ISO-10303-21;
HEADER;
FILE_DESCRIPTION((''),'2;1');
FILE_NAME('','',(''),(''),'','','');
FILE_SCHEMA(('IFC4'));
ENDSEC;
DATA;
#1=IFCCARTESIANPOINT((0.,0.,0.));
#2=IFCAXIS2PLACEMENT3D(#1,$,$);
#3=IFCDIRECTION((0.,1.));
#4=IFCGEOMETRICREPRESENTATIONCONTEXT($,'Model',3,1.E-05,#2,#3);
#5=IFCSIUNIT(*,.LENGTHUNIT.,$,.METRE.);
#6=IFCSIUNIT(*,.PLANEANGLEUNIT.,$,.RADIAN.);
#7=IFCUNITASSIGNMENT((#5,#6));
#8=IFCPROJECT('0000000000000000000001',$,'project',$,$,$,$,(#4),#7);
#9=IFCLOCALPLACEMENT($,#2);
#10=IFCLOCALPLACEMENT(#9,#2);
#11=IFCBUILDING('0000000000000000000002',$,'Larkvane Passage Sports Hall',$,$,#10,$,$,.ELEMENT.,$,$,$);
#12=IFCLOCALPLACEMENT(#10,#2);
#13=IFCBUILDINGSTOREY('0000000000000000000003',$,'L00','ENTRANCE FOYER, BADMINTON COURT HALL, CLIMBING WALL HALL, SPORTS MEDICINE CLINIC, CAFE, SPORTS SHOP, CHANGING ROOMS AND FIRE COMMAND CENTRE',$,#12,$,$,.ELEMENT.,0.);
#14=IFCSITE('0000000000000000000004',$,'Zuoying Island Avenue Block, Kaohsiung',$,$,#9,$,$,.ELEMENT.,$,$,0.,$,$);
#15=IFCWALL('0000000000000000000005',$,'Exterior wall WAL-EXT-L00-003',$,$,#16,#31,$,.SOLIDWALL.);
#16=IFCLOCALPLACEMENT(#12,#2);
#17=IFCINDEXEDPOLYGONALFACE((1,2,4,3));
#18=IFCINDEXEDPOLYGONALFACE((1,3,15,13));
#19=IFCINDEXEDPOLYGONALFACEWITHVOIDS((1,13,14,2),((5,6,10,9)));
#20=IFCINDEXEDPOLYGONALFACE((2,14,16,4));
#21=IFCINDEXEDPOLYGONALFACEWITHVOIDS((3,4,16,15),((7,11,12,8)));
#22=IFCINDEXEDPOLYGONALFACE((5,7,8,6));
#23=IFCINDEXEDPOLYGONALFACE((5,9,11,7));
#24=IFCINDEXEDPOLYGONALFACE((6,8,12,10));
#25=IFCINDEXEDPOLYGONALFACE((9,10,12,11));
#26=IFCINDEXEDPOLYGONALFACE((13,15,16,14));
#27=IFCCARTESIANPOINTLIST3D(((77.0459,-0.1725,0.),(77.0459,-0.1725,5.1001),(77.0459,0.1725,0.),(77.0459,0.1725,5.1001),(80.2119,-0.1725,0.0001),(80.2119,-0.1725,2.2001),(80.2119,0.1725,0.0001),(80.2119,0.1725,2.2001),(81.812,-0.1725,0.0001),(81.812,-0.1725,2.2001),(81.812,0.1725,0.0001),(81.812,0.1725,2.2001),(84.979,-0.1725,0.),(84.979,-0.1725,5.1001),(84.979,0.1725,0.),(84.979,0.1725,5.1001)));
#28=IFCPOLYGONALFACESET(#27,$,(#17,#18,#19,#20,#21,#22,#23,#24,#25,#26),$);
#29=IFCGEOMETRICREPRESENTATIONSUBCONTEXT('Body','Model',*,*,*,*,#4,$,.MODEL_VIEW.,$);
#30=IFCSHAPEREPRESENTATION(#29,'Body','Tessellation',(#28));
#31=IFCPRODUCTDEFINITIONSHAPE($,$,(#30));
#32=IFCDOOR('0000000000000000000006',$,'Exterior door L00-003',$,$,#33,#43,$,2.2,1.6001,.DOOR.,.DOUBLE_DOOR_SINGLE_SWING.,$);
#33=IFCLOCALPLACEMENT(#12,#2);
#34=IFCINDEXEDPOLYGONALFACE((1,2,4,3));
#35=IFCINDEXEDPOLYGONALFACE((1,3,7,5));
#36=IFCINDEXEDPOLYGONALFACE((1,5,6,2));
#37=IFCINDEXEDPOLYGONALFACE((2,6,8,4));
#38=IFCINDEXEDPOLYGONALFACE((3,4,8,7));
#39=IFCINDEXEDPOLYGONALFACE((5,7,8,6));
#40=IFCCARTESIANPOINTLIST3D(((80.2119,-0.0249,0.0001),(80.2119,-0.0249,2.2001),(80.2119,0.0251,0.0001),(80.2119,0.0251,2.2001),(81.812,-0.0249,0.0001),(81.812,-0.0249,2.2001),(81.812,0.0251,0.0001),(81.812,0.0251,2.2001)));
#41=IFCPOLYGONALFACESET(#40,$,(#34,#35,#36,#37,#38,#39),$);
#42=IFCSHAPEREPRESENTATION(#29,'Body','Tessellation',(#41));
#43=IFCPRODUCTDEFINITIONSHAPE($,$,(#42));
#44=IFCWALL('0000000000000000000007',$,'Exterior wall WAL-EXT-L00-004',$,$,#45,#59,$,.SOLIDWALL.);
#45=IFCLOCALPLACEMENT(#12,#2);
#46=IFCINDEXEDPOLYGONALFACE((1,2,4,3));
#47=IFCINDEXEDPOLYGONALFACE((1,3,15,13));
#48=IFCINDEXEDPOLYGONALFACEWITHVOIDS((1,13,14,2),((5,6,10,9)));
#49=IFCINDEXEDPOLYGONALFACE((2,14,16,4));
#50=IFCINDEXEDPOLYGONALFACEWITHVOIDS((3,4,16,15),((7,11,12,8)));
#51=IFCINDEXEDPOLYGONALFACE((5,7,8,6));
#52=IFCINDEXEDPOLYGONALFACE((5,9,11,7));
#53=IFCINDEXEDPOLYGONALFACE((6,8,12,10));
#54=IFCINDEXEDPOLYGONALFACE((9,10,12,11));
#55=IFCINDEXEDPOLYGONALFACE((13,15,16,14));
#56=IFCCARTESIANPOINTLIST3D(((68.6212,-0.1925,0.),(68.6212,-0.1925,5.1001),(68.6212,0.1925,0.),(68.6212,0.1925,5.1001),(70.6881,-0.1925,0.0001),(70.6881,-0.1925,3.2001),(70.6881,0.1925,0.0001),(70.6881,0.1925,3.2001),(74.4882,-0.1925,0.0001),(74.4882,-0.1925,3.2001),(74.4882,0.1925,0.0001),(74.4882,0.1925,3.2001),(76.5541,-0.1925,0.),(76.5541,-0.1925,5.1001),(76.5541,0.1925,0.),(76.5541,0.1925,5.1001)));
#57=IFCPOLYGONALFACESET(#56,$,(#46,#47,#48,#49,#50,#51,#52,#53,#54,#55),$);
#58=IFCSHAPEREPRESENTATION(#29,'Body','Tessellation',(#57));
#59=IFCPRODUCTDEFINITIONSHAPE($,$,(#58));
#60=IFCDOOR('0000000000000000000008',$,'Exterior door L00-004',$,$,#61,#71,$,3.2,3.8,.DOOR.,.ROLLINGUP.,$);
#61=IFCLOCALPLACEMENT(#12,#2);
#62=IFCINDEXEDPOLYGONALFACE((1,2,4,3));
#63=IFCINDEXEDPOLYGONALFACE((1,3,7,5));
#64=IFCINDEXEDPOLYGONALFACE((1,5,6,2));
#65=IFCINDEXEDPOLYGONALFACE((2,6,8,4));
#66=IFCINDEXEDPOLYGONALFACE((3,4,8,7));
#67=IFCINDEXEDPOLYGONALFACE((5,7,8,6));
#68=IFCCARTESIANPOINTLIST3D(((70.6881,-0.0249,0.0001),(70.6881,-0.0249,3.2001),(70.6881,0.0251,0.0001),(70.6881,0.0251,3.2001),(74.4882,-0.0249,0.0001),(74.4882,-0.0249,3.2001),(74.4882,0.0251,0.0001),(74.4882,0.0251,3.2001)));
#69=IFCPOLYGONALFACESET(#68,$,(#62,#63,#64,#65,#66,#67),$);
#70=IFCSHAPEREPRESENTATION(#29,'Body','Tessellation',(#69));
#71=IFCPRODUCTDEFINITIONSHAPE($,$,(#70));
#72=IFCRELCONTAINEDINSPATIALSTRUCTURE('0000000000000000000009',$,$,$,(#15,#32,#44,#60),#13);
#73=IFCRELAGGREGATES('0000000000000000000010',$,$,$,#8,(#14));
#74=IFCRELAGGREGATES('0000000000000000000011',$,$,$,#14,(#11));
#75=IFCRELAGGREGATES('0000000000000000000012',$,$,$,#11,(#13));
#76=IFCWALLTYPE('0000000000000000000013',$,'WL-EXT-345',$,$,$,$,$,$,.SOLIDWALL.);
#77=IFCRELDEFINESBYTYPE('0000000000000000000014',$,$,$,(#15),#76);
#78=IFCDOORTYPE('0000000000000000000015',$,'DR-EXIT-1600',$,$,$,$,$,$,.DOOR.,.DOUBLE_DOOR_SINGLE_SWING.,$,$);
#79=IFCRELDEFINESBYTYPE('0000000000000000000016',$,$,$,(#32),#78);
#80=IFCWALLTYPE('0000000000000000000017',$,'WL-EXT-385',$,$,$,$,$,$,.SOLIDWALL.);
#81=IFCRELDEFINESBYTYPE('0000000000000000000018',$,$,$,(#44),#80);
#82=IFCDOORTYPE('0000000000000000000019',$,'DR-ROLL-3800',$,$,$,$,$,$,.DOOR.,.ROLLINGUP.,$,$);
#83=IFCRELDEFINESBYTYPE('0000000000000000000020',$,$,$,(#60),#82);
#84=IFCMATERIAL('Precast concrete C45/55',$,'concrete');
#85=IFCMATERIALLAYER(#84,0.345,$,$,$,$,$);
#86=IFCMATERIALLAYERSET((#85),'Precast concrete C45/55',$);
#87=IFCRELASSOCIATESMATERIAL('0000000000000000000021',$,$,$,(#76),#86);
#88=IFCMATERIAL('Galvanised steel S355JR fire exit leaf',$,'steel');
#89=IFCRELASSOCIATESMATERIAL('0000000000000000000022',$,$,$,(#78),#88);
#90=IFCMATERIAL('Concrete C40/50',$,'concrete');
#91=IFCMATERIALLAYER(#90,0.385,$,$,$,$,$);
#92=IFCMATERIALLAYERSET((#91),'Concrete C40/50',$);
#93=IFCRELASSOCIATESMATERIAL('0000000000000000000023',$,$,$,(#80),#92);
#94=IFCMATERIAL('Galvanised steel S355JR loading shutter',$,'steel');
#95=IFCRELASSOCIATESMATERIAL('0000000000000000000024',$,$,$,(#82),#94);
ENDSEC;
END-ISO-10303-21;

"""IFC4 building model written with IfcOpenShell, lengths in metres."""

from ifc_helpers import new_model, si_unit, direction, frame, frame_2d, origin, place, context, subcontext, project, spatial, rectangle, extrude, material, layer, layer_set, type_object, element, fill, save


model = new_model("IFC4")

# Units and contexts
model_context = context("Model", 3, precision=1e-05, world=origin(), true_north=direction((0.0, 1.0)))
body_context = subcontext(model_context, "Body", "Model", "MODEL_VIEW")
ifc_project = project(units=[si_unit("LENGTHUNIT", "METRE"), si_unit("PLANEANGLEUNIT", "RADIAN")], contexts=[model_context])

# Site, building, storey
site_placement = place(None, origin())
site = spatial("IfcSite", under=ifc_project, at=site_placement, Name="Zuoying Island Avenue Block, Kaohsiung", CompositionType="ELEMENT", RefElevation=0.0)
building_placement = place(site_placement, origin())
building = spatial("IfcBuilding", under=site, at=building_placement, Name="Larkvane Passage Sports Hall", CompositionType="ELEMENT")
storey_placement = place(building_placement, origin())
storey = spatial("IfcBuildingStorey", under=building, at=storey_placement, Name="L00", Description="ENTRANCE FOYER, BADMINTON COURT HALL, CLIMBING WALL HALL, SPORTS MEDICINE CLINIC, CAFE, SPORTS SHOP, CHANGING ROOMS AND FIRE COMMAND CENTRE", CompositionType="ELEMENT", Elevation=0.0)

# Shared definitions
ifc_material_1 = material(Name="Concrete C40/50", Category="concrete")

# Walls, openings, doors
ifc_material_2 = material(Name="Precast concrete C45/55", Category="concrete")
ifc_layer_1 = layer(ifc_material_2, 0.345)
ifc_layer_set_1 = layer_set([ifc_layer_1], Name="Precast concrete C45/55")
wall_type_1 = type_object("IfcWallType", Name="WL-EXT-345", PredefinedType="SOLIDWALL", material=ifc_layer_set_1)
wall_1_placement = place(storey_placement, frame((84.979, 0.0, 0.0), z_axis=(0.0, 0.0, 1.0), x_axis=(-1.0, 0.0, 0.0)))
wall_1 = element("IfcWall", 1, at=wall_1_placement, inside=storey, type_object=wall_type_1, Name="Exterior wall WAL-EXT-L00-003", PredefinedType="SOLIDWALL", context=body_context, shape_type="SweptSolid", body=[
    extrude(rectangle(XDim=7.9331, YDim=0.345, at=frame_2d((3.9666, 0.0))), origin(), (0.0, 0.0, 1.0), 5.1001),
])
opening_1_placement = place(wall_1_placement, frame((3.167, 0.0, 0.0)))
opening_1 = element("IfcOpeningElement", 2, at=opening_1_placement, cuts=wall_1, PredefinedType="OPENING", context=body_context, shape_type="SweptSolid", body=[
    extrude(rectangle(XDim=1.6001, YDim=2.2, at=frame_2d((0.8, 1.1001))), frame((0.0, 0.1824, 0.0), z_axis=(0.0, -1.0, 0.0), x_axis=(1.0, 0.0, 0.0)), (0.0, 0.0, 1.0), 0.365),
])
ifc_material_3 = material(Name="Galvanised steel S355JR fire exit leaf", Category="steel")
door_type_1 = type_object("IfcDoorType", Name="DR-EXIT-1600", OperationType="DOUBLE_DOOR_SINGLE_SWING", PredefinedType="DOOR", material=ifc_material_3)
door_1_placement = place(opening_1_placement, origin())
door_1 = element("IfcDoor", 3, at=door_1_placement, inside=storey, type_object=door_type_1, Name="Exterior door L00-003", OperationType="DOUBLE_DOOR_SINGLE_SWING", OverallHeight=2.2, OverallWidth=1.6001, PredefinedType="DOOR", context=body_context, shape_type="SweptSolid", body=[
    extrude(rectangle(XDim=1.6001, YDim=2.2, at=frame_2d((0.8, 1.1001))), frame((0.0, 0.0249, 0.0), z_axis=(0.0, -1.0, 0.0), x_axis=(1.0, 0.0, 0.0)), (0.0, 0.0, 1.0), 0.05),
])
fill(opening_1, door_1)
ifc_layer_2 = layer(ifc_material_1, 0.385)
ifc_layer_set_2 = layer_set([ifc_layer_2], Name="Concrete C40/50")
wall_type_2 = type_object("IfcWallType", Name="WL-EXT-385", PredefinedType="SOLIDWALL", material=ifc_layer_set_2)
wall_2_placement = place(storey_placement, frame((76.554, 0.0, 0.0), z_axis=(0.0, 0.0, 1.0), x_axis=(-1.0, 0.0, 0.0)))
wall_2 = element("IfcWall", 4, at=wall_2_placement, inside=storey, type_object=wall_type_2, Name="Exterior wall WAL-EXT-L00-004", PredefinedType="SOLIDWALL", context=body_context, shape_type="SweptSolid", body=[
    extrude(rectangle(XDim=7.9329, YDim=0.385, at=frame_2d((3.9663, 0.0))), origin(), (0.0, 0.0, 1.0), 5.1001),
])
opening_2_placement = place(wall_2_placement, frame((2.0659, 0.0, 0.0)))
opening_2 = element("IfcOpeningElement", 5, at=opening_2_placement, cuts=wall_2, PredefinedType="OPENING", context=body_context, shape_type="SweptSolid", body=[
    extrude(rectangle(XDim=3.8, YDim=3.2, at=frame_2d((1.8999, 1.6001))), frame((0.0, 0.2024, 0.0), z_axis=(0.0, -1.0, 0.0), x_axis=(1.0, 0.0, 0.0)), (0.0, 0.0, 1.0), 0.405),
])
ifc_material_4 = material(Name="Galvanised steel S355JR loading shutter", Category="steel")
door_type_2 = type_object("IfcDoorType", Name="DR-ROLL-3800", OperationType="ROLLINGUP", PredefinedType="DOOR", material=ifc_material_4)
door_2_placement = place(opening_2_placement, origin())
door_2 = element("IfcDoor", 6, at=door_2_placement, inside=storey, type_object=door_type_2, Name="Exterior door L00-004", OperationType="ROLLINGUP", OverallHeight=3.2, OverallWidth=3.8, PredefinedType="DOOR", context=body_context, shape_type="SweptSolid", body=[
    extrude(rectangle(XDim=3.8, YDim=3.2, at=frame_2d((1.8999, 1.6001))), frame((0.0, 0.0249, 0.0), z_axis=(0.0, -1.0, 0.0), x_axis=(1.0, 0.0, 0.0)), (0.0, 0.0, 1.0), 0.05),
])
fill(opening_2, door_2)

save(model, "model.ifc")
